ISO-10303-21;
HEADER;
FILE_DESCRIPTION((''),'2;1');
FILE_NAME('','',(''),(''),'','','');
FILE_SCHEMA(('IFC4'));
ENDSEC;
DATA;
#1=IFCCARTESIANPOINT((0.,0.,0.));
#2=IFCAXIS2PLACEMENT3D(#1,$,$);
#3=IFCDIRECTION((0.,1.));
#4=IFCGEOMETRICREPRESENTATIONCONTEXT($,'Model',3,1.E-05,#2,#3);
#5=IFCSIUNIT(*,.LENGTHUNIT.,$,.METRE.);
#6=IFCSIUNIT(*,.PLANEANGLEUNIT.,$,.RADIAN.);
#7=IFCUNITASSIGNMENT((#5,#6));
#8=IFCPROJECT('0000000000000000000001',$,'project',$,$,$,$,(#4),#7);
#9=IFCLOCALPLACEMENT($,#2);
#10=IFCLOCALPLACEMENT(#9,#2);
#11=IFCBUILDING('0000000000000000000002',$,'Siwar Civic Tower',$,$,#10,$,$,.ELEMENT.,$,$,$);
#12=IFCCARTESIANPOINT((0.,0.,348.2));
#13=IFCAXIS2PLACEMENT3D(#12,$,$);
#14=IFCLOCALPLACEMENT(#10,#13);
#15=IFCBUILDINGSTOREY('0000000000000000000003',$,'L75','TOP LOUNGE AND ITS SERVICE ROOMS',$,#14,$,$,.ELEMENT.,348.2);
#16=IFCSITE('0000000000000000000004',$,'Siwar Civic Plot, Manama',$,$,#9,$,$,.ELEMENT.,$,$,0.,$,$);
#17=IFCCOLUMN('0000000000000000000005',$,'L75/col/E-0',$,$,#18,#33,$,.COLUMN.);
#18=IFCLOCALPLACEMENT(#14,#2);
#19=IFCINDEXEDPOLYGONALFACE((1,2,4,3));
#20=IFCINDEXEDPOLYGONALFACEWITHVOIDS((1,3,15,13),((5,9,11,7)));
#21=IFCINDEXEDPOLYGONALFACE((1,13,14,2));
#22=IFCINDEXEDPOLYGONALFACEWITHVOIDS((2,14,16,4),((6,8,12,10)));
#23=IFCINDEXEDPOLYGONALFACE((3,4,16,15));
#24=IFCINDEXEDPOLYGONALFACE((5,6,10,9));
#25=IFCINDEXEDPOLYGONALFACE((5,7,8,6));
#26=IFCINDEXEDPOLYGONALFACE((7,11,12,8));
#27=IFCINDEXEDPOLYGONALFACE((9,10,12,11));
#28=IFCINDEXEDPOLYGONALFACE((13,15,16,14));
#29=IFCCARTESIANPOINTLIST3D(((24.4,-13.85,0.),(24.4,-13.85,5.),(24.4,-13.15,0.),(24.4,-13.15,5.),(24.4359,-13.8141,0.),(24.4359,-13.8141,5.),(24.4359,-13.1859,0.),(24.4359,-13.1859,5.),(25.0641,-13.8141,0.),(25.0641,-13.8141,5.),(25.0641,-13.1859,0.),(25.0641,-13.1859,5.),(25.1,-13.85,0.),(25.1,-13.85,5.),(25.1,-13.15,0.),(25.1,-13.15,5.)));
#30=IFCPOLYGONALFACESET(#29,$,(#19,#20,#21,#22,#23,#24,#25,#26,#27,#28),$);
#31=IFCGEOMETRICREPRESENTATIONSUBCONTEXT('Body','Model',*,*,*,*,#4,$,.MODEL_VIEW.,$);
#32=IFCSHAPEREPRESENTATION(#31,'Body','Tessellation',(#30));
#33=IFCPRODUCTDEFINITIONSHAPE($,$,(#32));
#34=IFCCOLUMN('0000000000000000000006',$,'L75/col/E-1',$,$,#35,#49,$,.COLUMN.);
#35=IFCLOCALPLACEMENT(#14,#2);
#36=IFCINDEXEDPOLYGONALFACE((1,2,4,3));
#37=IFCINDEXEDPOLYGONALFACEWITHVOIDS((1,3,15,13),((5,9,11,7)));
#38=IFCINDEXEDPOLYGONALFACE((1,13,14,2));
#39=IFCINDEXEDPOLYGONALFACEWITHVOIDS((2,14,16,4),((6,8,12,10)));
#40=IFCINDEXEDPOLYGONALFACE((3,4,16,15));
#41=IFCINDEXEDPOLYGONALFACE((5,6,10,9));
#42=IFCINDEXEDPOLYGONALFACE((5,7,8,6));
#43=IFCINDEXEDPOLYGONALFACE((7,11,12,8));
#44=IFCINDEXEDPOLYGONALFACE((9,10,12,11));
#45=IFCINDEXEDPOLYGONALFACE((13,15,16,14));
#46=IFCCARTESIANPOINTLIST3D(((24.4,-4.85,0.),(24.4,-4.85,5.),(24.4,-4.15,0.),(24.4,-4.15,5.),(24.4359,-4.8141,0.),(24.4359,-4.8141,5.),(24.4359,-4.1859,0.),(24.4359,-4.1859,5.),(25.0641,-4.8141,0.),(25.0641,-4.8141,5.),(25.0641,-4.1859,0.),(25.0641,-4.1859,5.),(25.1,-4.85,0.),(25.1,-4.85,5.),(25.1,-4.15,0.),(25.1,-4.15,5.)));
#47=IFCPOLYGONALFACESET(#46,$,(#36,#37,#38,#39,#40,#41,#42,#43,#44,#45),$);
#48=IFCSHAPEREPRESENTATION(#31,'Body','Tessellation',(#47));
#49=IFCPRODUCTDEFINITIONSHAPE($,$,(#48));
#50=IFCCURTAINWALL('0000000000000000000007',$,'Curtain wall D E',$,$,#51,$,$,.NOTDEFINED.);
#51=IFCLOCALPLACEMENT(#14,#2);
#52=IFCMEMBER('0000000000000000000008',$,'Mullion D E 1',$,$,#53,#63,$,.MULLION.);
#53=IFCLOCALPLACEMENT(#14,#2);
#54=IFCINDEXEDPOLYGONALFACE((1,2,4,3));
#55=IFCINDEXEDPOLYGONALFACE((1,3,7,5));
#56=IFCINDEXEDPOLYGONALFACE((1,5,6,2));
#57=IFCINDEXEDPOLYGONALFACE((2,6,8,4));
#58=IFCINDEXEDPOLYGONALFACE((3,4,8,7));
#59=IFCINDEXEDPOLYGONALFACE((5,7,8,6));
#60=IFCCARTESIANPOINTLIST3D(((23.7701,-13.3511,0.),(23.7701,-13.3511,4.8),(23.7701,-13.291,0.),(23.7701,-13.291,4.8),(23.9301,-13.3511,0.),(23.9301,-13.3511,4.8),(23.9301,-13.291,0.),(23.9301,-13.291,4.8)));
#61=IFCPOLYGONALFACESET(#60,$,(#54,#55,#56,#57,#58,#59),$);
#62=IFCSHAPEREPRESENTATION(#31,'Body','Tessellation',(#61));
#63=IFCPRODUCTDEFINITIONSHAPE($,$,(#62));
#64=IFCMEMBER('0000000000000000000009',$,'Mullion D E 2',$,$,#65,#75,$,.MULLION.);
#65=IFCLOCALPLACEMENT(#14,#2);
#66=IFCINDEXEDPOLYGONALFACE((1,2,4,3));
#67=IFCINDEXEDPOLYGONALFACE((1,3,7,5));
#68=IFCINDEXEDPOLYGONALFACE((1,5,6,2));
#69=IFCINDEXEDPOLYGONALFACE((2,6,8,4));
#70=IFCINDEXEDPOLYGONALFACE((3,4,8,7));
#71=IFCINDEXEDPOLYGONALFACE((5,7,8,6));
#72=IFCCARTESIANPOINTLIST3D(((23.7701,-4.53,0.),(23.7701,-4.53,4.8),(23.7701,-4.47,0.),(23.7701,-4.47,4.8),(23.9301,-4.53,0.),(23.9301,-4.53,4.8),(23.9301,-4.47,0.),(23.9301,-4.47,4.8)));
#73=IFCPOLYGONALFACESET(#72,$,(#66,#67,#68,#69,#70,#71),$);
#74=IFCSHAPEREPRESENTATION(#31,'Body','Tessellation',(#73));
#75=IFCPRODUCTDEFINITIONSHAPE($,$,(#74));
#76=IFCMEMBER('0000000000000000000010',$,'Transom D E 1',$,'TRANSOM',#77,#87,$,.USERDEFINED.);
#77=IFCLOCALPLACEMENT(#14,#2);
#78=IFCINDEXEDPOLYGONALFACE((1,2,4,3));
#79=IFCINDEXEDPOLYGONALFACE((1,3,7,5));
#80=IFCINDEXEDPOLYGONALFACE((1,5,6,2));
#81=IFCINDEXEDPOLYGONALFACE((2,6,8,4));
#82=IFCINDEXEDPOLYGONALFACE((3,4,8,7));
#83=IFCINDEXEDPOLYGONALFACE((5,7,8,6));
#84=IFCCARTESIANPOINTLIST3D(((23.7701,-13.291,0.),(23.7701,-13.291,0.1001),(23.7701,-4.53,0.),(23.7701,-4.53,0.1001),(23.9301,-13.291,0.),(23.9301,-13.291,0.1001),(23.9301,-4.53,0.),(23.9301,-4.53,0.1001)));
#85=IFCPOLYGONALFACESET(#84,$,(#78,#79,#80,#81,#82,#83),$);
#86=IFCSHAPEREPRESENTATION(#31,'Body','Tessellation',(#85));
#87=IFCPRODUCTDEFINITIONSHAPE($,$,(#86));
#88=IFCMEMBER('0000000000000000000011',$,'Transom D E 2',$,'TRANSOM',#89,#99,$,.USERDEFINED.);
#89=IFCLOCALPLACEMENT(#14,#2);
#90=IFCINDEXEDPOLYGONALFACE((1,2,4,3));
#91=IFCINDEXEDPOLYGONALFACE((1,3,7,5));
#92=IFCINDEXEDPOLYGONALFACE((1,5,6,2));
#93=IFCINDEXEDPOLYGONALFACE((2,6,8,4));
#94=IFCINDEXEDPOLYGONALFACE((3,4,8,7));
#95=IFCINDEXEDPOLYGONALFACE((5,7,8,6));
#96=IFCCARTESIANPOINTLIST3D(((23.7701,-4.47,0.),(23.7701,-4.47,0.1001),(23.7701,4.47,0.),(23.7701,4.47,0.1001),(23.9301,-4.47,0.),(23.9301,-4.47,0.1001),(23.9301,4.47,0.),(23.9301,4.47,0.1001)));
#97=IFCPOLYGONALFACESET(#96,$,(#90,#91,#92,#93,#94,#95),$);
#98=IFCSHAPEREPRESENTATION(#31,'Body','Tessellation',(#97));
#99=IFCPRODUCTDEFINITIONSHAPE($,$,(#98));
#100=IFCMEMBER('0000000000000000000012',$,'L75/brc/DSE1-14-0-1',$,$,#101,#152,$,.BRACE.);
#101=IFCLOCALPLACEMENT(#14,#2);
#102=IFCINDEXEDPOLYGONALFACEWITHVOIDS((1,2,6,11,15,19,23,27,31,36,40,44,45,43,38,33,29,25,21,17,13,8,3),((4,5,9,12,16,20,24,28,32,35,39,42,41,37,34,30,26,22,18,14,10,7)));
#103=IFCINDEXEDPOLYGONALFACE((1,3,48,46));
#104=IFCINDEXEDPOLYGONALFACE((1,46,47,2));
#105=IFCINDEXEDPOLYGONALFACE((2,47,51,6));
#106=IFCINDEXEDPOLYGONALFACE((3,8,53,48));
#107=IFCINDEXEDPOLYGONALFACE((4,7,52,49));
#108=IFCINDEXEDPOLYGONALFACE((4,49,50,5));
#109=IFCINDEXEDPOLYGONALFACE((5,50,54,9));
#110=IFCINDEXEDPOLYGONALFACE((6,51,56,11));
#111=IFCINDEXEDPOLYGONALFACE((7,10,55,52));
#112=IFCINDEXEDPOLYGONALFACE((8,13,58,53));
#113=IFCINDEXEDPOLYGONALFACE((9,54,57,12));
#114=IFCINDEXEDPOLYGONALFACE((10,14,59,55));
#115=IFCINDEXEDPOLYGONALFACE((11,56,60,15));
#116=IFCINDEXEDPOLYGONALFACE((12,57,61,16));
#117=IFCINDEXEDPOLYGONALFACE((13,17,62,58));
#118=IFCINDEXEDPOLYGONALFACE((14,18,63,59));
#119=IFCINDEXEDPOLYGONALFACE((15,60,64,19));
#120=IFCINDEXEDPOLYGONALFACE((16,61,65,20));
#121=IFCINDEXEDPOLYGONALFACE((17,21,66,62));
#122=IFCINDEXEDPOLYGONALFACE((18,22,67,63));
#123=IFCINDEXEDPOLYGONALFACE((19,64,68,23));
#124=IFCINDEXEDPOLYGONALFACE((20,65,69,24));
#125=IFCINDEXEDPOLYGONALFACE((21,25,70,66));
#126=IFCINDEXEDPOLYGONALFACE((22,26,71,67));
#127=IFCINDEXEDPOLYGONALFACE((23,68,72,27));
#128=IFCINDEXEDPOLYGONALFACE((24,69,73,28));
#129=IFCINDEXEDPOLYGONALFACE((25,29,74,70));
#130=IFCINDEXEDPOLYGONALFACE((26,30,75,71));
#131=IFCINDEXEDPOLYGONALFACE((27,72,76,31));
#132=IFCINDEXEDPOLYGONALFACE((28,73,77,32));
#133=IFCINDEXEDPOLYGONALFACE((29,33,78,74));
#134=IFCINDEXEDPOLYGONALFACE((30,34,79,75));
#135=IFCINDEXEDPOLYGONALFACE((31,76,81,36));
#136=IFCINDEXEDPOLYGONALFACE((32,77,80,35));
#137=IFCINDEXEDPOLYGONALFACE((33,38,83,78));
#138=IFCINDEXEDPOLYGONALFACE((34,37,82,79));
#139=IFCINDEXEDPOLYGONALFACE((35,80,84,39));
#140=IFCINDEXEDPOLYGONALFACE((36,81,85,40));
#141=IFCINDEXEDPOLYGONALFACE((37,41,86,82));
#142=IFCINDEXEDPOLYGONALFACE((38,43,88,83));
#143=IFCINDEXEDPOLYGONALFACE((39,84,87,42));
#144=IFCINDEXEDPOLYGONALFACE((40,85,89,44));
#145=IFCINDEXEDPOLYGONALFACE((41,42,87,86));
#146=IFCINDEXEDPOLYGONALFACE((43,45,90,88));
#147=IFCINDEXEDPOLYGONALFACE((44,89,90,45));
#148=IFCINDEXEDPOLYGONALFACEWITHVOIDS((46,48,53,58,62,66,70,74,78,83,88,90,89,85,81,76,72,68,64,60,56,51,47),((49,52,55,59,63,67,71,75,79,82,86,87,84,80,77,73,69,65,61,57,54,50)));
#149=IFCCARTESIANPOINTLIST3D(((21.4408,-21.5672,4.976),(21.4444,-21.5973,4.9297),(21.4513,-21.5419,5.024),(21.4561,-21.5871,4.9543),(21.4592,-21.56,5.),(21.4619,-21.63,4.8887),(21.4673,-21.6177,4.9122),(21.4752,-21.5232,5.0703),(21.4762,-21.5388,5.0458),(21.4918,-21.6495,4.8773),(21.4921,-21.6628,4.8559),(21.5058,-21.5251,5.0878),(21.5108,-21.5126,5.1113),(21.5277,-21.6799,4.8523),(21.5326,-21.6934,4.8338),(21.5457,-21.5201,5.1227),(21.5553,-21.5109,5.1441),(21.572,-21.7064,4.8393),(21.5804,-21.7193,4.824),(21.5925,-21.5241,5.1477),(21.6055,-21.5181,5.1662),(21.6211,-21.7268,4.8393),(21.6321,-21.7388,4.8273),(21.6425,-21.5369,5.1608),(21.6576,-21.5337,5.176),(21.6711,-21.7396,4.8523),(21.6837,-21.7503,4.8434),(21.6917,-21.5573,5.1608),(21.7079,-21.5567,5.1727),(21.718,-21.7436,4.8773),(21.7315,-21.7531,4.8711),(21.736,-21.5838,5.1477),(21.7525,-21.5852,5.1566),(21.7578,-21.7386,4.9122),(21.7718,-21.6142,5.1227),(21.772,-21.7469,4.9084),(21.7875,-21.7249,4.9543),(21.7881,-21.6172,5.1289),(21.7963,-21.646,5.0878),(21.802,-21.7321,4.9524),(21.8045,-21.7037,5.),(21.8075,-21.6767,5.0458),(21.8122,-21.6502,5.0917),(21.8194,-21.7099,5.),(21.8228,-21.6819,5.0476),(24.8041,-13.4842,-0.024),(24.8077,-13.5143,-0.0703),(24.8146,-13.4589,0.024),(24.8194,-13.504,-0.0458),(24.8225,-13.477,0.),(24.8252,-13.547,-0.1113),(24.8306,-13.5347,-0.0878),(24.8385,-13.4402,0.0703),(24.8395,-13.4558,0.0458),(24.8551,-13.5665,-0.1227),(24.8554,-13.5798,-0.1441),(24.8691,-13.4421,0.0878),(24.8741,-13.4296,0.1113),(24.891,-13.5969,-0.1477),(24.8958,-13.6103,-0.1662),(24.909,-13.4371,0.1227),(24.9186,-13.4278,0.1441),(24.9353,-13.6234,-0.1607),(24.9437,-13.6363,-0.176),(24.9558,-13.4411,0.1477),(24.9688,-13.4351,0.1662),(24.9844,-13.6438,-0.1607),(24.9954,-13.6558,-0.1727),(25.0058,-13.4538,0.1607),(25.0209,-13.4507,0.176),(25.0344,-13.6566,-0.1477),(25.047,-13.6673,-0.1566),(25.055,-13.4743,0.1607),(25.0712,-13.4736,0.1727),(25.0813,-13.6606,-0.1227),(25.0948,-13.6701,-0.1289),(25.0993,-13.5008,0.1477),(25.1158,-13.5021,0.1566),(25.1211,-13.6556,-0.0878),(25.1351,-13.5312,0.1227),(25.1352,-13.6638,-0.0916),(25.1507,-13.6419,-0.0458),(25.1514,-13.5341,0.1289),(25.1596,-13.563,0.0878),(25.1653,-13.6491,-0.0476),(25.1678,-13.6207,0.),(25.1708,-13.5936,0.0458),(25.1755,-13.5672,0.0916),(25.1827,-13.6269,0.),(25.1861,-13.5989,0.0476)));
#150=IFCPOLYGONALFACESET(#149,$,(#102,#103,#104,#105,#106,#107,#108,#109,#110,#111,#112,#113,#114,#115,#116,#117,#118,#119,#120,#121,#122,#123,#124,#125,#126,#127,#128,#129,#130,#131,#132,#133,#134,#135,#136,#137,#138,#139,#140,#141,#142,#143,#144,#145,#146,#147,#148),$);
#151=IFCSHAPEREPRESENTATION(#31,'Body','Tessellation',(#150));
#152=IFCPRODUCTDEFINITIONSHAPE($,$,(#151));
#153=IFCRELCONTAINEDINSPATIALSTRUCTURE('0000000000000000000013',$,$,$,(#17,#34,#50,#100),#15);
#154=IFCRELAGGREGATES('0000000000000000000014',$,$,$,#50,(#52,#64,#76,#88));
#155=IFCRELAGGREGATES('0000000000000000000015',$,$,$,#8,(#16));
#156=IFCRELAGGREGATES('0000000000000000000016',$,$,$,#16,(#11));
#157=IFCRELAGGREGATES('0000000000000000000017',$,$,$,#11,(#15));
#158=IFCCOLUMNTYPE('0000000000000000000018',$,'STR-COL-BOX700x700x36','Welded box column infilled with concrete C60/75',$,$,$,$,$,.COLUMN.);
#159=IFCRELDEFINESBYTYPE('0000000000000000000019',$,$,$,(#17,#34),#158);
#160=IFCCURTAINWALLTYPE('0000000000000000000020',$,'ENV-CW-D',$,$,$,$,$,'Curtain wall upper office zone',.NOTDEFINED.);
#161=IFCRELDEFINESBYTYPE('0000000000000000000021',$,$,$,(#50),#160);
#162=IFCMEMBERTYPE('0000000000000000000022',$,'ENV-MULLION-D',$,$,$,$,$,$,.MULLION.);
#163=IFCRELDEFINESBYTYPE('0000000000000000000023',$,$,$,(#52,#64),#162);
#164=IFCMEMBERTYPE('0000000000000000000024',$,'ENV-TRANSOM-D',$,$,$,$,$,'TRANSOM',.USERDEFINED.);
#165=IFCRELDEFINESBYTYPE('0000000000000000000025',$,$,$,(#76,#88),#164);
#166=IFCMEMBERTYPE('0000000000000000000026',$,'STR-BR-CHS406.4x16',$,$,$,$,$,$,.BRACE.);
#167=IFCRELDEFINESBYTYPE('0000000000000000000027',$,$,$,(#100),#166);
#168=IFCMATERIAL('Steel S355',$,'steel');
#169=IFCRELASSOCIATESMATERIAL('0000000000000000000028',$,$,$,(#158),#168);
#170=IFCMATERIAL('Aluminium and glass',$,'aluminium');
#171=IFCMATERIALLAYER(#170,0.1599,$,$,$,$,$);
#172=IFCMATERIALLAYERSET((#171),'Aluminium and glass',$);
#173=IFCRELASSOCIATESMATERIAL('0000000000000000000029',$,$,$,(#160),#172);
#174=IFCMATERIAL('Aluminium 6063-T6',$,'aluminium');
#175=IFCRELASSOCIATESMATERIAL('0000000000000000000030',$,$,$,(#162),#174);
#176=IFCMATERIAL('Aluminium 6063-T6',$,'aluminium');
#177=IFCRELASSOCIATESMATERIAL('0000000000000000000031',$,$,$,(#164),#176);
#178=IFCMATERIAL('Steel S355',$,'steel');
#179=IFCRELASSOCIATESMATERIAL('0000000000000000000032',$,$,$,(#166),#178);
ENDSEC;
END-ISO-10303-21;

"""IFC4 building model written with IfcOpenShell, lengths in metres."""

from ifc_helpers import new_model, si_unit, direction, frame, origin, origin_2d, place, context, subcontext, project, spatial, rectangle, hollow_rectangle, hollow_circle, extrude, material, layer, layer_set, material_profile, profile_set, type_object, element, aggregate, save


model = new_model("IFC4")

# Units and contexts
model_context = context("Model", 3, precision=1e-05, world=origin(), true_north=direction((0.0, 1.0)))
body_context = subcontext(model_context, "Body", "Model", "MODEL_VIEW")
ifc_project = project(units=[si_unit("LENGTHUNIT", "METRE"), si_unit("PLANEANGLEUNIT", "RADIAN")], contexts=[model_context])

# Site, building, storey
site_placement = place(None, origin())
site = spatial("IfcSite", under=ifc_project, at=site_placement, Name="Siwar Civic Plot, Manama", CompositionType="ELEMENT", RefElevation=0.0)
building_placement = place(site_placement, origin())
building = spatial("IfcBuilding", under=site, at=building_placement, Name="Siwar Civic Tower", CompositionType="ELEMENT")
storey_placement = place(building_placement, frame((0.0, 0.0, 348.2)))
storey = spatial("IfcBuildingStorey", under=building, at=storey_placement, Name="L75", Description="TOP LOUNGE AND ITS SERVICE ROOMS", CompositionType="ELEMENT", Elevation=348.2)

# Columns
ifc_material_1 = material(Name="Steel S355", Category="steel")
ifc_material_profile_1 = material_profile(ifc_material_1, hollow_rectangle(XDim=0.7, YDim=0.7, WallThickness=0.0359, at=origin_2d()), Name="BOX700x700x36")
ifc_profile_set_1 = profile_set([ifc_material_profile_1], Name="Steel S355")
column_type = type_object("IfcColumnType", Name="STR-COL-BOX700x700x36", Description="Welded box column infilled with concrete C60/75", PredefinedType="COLUMN", material=ifc_profile_set_1)
for number, where, z_axis, x_axis, name in (
    (1, (24.75, -13.5, 0.0), (0.0, 0.0, 1.0), (1.0, 0.0, 0.0), "L75/col/E-0"),
    (2, (24.75, -4.5, 0.0), (0.0, 0.0, 1.0), (1.0, 0.0, 0.0), "L75/col/E-1"),
):
    element("IfcColumn", number, at=place(storey_placement, frame(where, z_axis=z_axis, x_axis=x_axis)), inside=storey, type_object=column_type, Name=name, PredefinedType="COLUMN", context=body_context, shape_type="SweptSolid", body=[
        extrude(hollow_rectangle(XDim=0.7, YDim=0.7, WallThickness=0.0359, at=origin_2d()), origin(), (0.0, 0.0, 1.0), 5.0),
    ])

# Curtain wall, members
ifc_material_2 = material(Name="Aluminium and glass", Category="aluminium")
ifc_layer_1 = layer(ifc_material_2, 0.1599)
ifc_layer_set_1 = layer_set([ifc_layer_1], Name="Aluminium and glass")
curtain_wall_type = type_object("IfcCurtainWallType", Name="ENV-CW-D", ElementType="Curtain wall upper office zone", PredefinedType="NOTDEFINED", material=ifc_layer_set_1)
curtain_wall_placement = place(storey_placement, origin())
curtain_wall = element("IfcCurtainWall", 3, at=curtain_wall_placement, inside=storey, type_object=curtain_wall_type, Name="Curtain wall D E", PredefinedType="NOTDEFINED")
ifc_material_3 = material(Name="Aluminium 6063-T6", Category="aluminium")
ifc_material_profile_2 = material_profile(ifc_material_3, rectangle(XDim=0.1599, YDim=0.0601, at=origin_2d()), Name="AL 160x60")
ifc_profile_set_2 = profile_set([ifc_material_profile_2], Name="Aluminium 6063-T6")
member_type_1 = type_object("IfcMemberType", Name="ENV-MULLION-D", PredefinedType="MULLION", material=ifc_profile_set_2)
member_1_placement = place(storey_placement, frame((23.8501, -13.321, 0.0), z_axis=(0.0, 0.0, 1.0), x_axis=(-1.0, 0.0, 0.0)))
member_1 = element("IfcMember", 4, at=member_1_placement, type_object=member_type_1, Name="Mullion D E 1", PredefinedType="MULLION", context=body_context, shape_type="SweptSolid", body=[
    extrude(rectangle(XDim=0.1599, YDim=0.0601, at=origin_2d()), origin(), (0.0, 0.0, 1.0), 4.8),
])
member_2_placement = place(storey_placement, frame((23.8501, -4.5, 0.0), z_axis=(0.0, 0.0, 1.0), x_axis=(-1.0, 0.0, 0.0)))
member_2 = element("IfcMember", 5, at=member_2_placement, type_object=member_type_1, Name="Mullion D E 2", PredefinedType="MULLION", context=body_context, shape_type="SweptSolid", body=[
    extrude(rectangle(XDim=0.1599, YDim=0.0601, at=origin_2d()), origin(), (0.0, 0.0, 1.0), 4.8),
])
ifc_material_4 = material(Name="Aluminium 6063-T6", Category="aluminium")
ifc_material_profile_3 = material_profile(ifc_material_4, rectangle(XDim=0.1599, YDim=0.1001, at=origin_2d()), Name="AL 160x100")
ifc_profile_set_3 = profile_set([ifc_material_profile_3], Name="Aluminium 6063-T6")
member_type_2 = type_object("IfcMemberType", Name="ENV-TRANSOM-D", ElementType="TRANSOM", PredefinedType="USERDEFINED", material=ifc_profile_set_3)
member_3_placement = place(storey_placement, frame((23.8501, -13.291, 0.05), z_axis=(0.0, 1.0, 0.0), x_axis=(-1.0, 0.0, 0.0)))
member_3 = element("IfcMember", 6, at=member_3_placement, type_object=member_type_2, Name="Transom D E 1", ObjectType="TRANSOM", PredefinedType="USERDEFINED", context=body_context, shape_type="SweptSolid", body=[
    extrude(rectangle(XDim=0.1599, YDim=0.1001, at=origin_2d()), origin(), (0.0, 0.0, 1.0), 8.761),
])
member_4_placement = place(storey_placement, frame((23.8501, -4.47, 0.05), z_axis=(0.0, 1.0, 0.0), x_axis=(-1.0, 0.0, 0.0)))
member_4 = element("IfcMember", 7, at=member_4_placement, type_object=member_type_2, Name="Transom D E 2", ObjectType="TRANSOM", PredefinedType="USERDEFINED", context=body_context, shape_type="SweptSolid", body=[
    extrude(rectangle(XDim=0.1599, YDim=0.1001, at=origin_2d()), origin(), (0.0, 0.0, 1.0), 8.9399),
])

# Member
ifc_material_5 = material(Name="Steel S355", Category="steel")
ifc_material_profile_4 = material_profile(ifc_material_5, hollow_circle(Radius=0.2031, WallThickness=0.0161, at=origin_2d()), Name="CHS406.4x16")
ifc_profile_set_4 = profile_set([ifc_material_profile_4], Name="Steel S355")
member_type_3 = type_object("IfcMemberType", Name="STR-BR-CHS406.4x16", PredefinedType="BRACE", material=ifc_profile_set_4)
member_5_placement = place(storey_placement, frame((24.9951, -13.5488, 0.0), z_axis=(-0.333593, -0.801727, 0.495933), x_axis=(0.923265, -0.384164, 0.0)))
element("IfcMember", 8, at=member_5_placement, inside=storey, type_object=member_type_3, Name="L75/brc/DSE1-14-0-1", PredefinedType="BRACE", context=body_context, shape_type="SweptSolid", body=[
    extrude(hollow_circle(Radius=0.2031, WallThickness=0.0161, at=origin_2d()), origin(), (0.0, 0.0, 1.0), 10.082),
])

aggregate(curtain_wall, [member_1, member_2, member_3, member_4])

save(model, "model.ifc")
